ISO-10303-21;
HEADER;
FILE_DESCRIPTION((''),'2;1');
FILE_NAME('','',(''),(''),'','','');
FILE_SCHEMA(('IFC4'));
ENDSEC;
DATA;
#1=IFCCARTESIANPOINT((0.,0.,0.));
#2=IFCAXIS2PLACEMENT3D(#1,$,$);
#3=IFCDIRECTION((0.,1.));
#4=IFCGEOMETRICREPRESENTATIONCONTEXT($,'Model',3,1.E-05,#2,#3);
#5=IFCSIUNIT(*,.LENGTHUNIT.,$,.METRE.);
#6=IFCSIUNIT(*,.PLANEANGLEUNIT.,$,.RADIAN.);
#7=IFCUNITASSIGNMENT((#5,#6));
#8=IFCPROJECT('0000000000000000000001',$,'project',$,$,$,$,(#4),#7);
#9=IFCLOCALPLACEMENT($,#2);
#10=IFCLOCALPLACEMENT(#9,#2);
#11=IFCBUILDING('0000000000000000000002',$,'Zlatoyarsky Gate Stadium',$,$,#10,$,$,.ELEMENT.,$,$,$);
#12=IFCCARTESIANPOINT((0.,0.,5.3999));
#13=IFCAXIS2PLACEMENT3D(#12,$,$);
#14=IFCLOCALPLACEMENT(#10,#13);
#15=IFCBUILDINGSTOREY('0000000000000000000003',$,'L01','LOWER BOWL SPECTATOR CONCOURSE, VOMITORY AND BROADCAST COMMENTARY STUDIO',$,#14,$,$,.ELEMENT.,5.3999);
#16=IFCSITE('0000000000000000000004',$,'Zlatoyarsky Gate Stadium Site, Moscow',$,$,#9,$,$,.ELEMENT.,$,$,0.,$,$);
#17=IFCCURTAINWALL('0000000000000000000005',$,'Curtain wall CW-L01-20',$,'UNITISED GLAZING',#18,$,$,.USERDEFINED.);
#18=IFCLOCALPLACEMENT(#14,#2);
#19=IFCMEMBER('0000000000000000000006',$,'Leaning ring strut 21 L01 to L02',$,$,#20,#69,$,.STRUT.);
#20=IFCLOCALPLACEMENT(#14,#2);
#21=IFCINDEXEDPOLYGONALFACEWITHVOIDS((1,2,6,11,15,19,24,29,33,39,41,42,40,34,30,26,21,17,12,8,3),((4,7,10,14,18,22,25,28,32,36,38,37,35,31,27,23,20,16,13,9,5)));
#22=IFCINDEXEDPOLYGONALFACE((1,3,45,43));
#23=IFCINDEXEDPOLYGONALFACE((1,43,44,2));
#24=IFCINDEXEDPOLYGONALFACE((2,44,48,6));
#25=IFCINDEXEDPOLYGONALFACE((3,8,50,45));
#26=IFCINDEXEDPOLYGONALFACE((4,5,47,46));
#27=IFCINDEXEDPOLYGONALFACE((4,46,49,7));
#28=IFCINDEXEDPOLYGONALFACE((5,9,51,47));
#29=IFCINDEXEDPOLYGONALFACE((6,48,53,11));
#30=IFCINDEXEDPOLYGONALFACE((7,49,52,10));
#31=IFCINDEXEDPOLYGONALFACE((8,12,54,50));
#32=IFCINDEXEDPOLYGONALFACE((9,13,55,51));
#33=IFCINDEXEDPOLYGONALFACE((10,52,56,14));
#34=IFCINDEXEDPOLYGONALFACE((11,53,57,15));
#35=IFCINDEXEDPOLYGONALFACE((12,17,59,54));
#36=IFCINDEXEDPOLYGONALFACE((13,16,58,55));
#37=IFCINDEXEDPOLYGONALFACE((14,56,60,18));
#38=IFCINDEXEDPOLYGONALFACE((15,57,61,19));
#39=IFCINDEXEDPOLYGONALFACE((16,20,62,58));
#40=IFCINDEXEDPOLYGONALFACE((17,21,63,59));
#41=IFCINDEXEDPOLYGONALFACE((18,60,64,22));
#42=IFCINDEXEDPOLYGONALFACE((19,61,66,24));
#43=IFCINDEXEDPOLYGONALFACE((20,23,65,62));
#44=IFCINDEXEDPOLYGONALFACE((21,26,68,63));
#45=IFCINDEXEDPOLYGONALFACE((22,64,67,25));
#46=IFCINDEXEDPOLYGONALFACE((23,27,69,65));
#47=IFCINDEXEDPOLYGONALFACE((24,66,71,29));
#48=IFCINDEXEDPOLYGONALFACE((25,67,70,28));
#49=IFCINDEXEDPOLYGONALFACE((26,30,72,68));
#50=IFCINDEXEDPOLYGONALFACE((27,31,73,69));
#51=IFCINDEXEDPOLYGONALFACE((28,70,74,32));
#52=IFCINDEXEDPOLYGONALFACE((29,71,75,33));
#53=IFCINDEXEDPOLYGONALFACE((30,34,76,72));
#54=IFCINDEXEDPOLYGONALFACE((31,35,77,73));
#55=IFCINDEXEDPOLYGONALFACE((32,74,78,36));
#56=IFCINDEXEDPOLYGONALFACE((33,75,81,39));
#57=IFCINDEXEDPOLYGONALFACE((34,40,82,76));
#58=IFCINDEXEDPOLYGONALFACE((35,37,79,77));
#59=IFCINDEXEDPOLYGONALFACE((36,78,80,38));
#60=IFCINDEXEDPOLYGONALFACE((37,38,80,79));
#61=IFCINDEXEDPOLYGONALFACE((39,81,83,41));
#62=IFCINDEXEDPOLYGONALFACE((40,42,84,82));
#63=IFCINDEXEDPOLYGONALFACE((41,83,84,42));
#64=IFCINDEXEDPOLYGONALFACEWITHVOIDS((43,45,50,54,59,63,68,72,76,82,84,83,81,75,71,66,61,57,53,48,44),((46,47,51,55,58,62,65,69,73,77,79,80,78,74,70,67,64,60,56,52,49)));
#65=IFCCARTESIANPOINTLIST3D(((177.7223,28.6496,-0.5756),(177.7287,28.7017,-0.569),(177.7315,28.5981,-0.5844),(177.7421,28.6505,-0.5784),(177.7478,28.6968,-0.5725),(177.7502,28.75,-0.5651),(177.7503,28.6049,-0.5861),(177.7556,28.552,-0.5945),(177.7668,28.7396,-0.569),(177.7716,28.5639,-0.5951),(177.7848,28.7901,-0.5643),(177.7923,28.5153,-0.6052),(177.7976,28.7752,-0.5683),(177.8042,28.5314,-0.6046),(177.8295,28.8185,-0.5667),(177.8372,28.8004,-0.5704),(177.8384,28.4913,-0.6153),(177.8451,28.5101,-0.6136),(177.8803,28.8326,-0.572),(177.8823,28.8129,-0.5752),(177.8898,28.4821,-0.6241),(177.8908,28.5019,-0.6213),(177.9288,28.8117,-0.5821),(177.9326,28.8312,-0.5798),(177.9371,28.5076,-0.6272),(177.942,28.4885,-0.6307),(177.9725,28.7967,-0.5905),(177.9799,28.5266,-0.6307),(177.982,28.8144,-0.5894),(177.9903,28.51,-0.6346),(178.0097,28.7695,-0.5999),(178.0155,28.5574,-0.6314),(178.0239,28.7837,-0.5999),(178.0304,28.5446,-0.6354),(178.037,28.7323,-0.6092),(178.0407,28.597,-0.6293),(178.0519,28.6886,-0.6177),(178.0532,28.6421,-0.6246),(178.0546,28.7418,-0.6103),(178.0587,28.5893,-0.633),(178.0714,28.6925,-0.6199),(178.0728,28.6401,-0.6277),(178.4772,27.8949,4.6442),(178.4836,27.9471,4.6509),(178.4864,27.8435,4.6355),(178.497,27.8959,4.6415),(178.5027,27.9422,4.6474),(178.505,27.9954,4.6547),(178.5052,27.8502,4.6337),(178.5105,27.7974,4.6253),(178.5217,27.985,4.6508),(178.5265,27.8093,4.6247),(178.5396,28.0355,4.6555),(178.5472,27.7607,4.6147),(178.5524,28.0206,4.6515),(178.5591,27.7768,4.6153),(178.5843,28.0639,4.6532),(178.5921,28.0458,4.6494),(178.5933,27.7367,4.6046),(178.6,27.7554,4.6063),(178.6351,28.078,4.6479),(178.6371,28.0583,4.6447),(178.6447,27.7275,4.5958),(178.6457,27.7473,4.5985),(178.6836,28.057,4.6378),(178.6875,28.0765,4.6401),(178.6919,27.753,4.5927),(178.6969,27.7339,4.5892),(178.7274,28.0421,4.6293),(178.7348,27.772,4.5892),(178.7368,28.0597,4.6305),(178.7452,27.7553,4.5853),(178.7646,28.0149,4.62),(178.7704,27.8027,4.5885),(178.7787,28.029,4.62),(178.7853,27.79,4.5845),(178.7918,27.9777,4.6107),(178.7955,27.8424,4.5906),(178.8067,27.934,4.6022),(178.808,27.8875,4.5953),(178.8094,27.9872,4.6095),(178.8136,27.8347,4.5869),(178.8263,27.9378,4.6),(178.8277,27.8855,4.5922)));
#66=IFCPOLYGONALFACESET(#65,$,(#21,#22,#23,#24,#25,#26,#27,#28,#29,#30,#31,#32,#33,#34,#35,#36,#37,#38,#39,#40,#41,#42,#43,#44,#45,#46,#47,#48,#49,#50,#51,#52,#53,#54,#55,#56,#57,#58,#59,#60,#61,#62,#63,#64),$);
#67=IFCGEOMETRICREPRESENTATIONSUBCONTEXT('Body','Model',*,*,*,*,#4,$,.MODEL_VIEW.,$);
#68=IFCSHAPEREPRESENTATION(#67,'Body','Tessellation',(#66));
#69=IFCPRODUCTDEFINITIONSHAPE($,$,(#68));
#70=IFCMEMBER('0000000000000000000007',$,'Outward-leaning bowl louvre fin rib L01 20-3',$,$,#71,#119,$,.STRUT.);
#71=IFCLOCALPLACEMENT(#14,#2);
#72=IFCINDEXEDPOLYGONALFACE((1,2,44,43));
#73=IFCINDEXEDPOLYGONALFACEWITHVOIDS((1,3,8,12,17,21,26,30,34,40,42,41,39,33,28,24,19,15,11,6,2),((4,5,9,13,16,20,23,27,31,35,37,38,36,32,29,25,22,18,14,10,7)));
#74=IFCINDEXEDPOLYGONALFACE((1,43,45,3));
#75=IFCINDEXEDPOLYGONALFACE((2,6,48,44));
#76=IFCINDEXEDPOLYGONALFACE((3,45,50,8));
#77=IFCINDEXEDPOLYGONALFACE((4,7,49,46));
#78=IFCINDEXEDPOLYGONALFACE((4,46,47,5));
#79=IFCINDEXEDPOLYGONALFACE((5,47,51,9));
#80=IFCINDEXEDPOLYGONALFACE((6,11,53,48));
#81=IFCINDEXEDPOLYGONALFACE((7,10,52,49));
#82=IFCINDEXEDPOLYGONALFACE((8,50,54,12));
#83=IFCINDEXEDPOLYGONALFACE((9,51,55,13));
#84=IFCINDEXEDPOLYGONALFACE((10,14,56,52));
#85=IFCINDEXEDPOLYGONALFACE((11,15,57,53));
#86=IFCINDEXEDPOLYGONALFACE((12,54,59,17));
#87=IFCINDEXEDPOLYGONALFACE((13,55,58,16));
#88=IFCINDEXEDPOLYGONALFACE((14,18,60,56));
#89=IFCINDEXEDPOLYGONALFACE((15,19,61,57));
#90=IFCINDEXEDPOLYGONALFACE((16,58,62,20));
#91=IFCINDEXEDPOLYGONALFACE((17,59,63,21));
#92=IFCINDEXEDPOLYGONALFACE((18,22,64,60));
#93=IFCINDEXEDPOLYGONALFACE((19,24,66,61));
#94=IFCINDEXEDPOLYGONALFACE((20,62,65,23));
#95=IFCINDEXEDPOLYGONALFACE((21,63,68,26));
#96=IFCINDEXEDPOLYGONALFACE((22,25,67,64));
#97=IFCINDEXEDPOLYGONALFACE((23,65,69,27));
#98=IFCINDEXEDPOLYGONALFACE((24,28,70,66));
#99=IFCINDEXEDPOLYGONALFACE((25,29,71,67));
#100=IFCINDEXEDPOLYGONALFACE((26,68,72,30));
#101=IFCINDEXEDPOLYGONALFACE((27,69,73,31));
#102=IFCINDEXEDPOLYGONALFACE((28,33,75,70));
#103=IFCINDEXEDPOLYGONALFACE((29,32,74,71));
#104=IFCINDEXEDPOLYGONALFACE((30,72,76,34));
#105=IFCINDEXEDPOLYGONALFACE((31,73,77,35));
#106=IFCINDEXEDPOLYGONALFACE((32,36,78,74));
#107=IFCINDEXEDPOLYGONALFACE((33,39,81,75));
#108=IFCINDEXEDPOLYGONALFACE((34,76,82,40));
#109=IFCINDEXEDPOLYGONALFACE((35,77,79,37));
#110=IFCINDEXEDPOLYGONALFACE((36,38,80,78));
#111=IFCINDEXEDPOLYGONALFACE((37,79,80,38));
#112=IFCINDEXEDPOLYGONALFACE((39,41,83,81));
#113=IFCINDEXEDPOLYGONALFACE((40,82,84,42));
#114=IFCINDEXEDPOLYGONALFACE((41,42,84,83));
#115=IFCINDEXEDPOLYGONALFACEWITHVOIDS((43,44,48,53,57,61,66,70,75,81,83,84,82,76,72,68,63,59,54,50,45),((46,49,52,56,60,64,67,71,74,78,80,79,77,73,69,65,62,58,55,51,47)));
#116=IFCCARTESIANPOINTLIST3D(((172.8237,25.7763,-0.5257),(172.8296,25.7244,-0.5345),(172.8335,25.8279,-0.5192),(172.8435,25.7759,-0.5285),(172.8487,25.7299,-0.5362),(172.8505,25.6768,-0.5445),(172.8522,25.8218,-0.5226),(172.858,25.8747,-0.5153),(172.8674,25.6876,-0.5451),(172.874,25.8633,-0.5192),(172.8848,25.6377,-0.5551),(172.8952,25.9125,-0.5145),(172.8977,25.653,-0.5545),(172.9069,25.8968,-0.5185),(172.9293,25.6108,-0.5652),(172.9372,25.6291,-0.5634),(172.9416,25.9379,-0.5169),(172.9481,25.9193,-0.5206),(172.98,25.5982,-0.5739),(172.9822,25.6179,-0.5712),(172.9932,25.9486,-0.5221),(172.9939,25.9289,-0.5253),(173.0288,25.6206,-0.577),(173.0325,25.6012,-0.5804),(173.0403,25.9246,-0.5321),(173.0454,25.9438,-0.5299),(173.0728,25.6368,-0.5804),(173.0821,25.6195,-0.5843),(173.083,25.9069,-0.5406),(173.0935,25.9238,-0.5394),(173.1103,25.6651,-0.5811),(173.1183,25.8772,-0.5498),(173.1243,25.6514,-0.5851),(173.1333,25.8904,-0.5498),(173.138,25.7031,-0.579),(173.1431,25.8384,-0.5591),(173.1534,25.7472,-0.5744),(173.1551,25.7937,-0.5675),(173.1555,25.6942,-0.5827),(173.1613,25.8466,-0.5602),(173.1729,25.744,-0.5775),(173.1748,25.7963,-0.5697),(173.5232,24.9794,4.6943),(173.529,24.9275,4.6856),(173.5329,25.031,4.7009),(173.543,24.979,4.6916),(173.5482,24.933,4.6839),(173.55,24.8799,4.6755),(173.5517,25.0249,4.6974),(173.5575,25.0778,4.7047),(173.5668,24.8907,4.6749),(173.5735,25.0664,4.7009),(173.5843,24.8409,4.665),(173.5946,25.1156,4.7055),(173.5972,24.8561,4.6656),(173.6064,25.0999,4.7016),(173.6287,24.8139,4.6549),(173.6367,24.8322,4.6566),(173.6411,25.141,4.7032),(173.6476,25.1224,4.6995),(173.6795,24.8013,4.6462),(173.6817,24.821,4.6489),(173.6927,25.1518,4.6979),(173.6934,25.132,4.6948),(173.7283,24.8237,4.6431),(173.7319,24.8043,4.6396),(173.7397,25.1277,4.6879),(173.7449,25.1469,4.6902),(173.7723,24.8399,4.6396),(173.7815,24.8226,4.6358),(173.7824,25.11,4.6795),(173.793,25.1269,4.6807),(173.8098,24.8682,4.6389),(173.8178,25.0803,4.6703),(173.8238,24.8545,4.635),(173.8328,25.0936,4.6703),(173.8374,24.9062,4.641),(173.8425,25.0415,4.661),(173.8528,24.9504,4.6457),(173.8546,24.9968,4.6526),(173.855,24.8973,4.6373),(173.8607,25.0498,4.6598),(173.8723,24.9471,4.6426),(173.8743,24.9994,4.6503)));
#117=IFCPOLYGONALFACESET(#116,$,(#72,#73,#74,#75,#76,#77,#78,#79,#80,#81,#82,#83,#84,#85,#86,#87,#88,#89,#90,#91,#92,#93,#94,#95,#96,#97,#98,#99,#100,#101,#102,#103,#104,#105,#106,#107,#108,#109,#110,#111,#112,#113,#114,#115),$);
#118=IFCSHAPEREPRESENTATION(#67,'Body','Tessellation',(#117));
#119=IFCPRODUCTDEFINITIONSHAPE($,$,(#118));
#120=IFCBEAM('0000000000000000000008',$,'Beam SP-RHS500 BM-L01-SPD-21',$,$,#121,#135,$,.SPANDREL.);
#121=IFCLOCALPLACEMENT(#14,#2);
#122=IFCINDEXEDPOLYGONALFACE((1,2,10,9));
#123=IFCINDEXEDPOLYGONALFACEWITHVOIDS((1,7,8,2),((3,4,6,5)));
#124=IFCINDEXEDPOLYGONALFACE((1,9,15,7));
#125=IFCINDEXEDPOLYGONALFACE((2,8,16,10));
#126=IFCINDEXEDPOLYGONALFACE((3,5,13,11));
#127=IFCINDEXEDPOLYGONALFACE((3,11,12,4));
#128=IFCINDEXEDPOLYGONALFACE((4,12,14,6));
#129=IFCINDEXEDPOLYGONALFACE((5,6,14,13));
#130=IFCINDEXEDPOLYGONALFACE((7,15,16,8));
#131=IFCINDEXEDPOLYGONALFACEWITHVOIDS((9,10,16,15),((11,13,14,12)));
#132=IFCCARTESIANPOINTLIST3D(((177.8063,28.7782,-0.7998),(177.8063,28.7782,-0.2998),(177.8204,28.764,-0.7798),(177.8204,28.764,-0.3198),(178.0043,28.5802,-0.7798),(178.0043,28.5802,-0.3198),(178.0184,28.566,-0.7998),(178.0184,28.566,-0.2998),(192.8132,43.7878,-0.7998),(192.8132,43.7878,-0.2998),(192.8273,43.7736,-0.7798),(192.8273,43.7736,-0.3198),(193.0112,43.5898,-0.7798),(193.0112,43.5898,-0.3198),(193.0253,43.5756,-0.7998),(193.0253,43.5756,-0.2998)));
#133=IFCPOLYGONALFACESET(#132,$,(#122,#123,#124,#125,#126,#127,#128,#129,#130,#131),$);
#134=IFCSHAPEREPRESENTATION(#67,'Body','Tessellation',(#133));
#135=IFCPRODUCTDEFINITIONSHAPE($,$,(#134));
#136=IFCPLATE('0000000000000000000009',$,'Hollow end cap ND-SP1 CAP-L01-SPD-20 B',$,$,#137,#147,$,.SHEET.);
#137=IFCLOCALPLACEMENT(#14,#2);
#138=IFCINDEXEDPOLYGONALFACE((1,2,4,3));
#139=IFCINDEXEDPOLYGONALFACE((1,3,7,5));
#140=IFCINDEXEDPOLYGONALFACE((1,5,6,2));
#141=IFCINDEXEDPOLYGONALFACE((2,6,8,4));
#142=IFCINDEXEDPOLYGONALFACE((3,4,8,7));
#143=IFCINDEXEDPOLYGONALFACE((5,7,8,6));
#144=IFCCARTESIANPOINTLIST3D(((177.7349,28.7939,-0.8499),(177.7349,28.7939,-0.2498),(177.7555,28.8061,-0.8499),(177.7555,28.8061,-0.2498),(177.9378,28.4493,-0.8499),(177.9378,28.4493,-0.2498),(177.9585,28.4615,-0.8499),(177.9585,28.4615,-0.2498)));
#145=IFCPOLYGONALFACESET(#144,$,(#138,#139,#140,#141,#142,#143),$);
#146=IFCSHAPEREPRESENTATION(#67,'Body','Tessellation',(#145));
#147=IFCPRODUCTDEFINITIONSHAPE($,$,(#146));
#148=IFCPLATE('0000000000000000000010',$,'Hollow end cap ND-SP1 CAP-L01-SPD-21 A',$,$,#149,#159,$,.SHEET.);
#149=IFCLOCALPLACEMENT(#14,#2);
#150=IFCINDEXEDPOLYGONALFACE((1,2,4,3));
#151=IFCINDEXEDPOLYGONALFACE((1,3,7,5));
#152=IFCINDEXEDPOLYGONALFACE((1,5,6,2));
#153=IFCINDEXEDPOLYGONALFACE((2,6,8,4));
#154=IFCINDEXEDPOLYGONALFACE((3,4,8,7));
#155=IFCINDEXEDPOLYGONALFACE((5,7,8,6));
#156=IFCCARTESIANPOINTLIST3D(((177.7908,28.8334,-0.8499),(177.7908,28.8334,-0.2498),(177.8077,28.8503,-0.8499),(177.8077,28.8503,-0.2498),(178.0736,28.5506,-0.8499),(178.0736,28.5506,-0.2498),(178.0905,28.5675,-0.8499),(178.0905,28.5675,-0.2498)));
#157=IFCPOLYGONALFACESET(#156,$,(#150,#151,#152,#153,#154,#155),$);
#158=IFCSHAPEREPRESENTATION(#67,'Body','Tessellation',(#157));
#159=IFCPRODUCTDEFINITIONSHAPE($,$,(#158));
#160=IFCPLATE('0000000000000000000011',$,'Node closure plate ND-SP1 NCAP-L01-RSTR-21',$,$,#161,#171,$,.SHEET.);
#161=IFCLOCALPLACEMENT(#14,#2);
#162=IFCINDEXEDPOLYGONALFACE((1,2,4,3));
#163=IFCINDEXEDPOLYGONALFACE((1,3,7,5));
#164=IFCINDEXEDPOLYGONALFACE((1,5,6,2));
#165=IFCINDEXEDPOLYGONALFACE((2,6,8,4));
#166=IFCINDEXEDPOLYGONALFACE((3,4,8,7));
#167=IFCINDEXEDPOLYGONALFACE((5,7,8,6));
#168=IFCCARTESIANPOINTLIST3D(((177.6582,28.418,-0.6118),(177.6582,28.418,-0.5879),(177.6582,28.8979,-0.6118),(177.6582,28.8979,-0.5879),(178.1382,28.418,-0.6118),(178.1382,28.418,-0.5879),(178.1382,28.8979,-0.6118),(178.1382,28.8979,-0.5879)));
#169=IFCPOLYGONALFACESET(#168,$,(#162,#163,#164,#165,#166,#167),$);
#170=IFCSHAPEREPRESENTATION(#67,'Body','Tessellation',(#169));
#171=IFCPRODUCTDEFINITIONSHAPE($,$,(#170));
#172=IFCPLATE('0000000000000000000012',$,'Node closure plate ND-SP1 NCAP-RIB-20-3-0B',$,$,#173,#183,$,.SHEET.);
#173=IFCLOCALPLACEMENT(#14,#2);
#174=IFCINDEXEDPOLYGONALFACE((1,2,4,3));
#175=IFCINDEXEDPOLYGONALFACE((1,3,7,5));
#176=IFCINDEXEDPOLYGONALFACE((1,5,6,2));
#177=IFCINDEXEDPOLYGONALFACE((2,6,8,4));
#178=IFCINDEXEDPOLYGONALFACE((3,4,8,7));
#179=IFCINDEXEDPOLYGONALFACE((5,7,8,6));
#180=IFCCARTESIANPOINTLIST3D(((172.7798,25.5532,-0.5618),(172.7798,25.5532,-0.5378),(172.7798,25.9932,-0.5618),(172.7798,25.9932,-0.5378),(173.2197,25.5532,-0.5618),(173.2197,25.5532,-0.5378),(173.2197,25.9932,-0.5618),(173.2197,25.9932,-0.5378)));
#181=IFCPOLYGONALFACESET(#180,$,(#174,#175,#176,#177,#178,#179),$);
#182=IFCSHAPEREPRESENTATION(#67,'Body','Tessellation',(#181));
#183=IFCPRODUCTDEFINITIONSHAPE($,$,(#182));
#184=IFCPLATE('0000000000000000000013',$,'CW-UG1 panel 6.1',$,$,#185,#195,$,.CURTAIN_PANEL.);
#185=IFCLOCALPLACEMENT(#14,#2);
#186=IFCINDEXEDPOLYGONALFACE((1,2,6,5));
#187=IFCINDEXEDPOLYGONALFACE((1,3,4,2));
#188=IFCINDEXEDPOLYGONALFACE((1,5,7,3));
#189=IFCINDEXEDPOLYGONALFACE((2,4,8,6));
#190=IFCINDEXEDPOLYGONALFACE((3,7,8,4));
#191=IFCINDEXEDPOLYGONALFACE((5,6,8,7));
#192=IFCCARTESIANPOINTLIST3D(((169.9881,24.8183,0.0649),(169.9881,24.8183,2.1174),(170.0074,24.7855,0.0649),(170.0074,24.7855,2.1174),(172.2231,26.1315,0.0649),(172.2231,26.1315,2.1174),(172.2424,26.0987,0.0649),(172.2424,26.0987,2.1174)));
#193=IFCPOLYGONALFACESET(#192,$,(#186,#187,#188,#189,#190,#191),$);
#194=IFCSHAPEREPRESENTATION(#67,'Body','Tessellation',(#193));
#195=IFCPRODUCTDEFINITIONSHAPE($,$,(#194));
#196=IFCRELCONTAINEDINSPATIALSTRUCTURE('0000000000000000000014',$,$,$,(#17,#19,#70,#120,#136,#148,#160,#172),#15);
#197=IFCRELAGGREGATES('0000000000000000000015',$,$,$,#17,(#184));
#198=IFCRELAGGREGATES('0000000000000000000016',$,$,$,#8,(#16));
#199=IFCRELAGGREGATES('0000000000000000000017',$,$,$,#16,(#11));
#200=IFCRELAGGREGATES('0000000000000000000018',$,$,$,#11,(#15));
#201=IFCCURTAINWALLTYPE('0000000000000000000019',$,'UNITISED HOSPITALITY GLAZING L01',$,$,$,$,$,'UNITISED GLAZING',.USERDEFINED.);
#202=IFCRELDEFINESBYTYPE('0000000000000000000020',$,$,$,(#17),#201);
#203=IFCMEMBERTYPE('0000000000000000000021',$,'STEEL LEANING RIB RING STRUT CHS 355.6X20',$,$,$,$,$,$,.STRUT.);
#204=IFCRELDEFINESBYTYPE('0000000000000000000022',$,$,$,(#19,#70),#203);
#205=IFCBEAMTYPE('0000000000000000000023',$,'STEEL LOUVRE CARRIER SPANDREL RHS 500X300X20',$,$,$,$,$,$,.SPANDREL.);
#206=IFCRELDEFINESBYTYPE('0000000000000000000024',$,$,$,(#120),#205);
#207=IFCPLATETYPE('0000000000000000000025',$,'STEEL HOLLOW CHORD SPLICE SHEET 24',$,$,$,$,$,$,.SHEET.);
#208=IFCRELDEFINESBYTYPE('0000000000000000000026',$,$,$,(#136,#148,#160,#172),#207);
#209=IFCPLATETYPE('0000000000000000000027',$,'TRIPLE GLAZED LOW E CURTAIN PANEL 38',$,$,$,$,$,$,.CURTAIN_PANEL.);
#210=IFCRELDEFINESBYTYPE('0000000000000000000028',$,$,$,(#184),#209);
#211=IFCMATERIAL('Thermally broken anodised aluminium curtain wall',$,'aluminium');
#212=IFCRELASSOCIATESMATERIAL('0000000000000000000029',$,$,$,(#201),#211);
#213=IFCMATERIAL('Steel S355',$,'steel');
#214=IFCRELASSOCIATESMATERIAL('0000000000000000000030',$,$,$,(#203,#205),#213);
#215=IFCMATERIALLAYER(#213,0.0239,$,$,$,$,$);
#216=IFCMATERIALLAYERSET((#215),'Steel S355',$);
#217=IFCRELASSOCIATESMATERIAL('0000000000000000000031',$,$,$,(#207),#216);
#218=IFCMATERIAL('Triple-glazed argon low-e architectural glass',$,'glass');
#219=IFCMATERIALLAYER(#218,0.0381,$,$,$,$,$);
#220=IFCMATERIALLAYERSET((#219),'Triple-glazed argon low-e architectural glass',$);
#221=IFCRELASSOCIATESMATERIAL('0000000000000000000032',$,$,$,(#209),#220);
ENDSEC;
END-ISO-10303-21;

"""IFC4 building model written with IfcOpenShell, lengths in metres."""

from ifc_helpers import new_model, si_unit, direction, frame, origin, origin_2d, place, context, subcontext, project, spatial, rectangle, hollow_rectangle, hollow_circle, extrude, material, layer, layer_set, material_profile, profile_set, type_object, element, aggregate, save


model = new_model("IFC4")

# Units and contexts
model_context = context("Model", 3, precision=1e-05, world=origin(), true_north=direction((0.0, 1.0)))
body_context = subcontext(model_context, "Body", "Model", "MODEL_VIEW")
ifc_project = project(units=[si_unit("LENGTHUNIT", "METRE"), si_unit("PLANEANGLEUNIT", "RADIAN")], contexts=[model_context])

# Site, building, storey
site_placement = place(None, origin())
site = spatial("IfcSite", under=ifc_project, at=site_placement, Name="Zlatoyarsky Gate Stadium Site, Moscow", CompositionType="ELEMENT", RefElevation=0.0)
building_placement = place(site_placement, origin())
building = spatial("IfcBuilding", under=site, at=building_placement, Name="Zlatoyarsky Gate Stadium", CompositionType="ELEMENT")
storey_placement = place(building_placement, frame((0.0, 0.0, 5.3999)))
storey = spatial("IfcBuildingStorey", under=building, at=storey_placement, Name="L01", Description="LOWER BOWL SPECTATOR CONCOURSE, VOMITORY AND BROADCAST COMMENTARY STUDIO", CompositionType="ELEMENT", Elevation=5.3999)

# Curtain wall
ifc_material_1 = material(Name="Thermally broken anodised aluminium curtain wall", Category="aluminium")
curtain_wall_type = type_object("IfcCurtainWallType", Name="UNITISED HOSPITALITY GLAZING L01", ElementType="UNITISED GLAZING", PredefinedType="USERDEFINED", material=ifc_material_1)
curtain_wall_1_placement = place(storey_placement, origin())
curtain_wall_1 = element("IfcCurtainWall", 1, at=curtain_wall_1_placement, inside=storey, type_object=curtain_wall_type, Name="Curtain wall CW-L01-20", ObjectType="UNITISED GLAZING", PredefinedType="USERDEFINED")

# Members
ifc_material_2 = material(Name="Steel S355", Category="steel")
ifc_material_profile_1 = material_profile(ifc_material_2, hollow_circle(Radius=0.1777, WallThickness=0.02, at=origin_2d()), Name="CHS 355.6X20")
ifc_profile_set_1 = profile_set([ifc_material_profile_1], Name="Steel S355")
member_type_1 = type_object("IfcMemberType", Name="STEEL LEANING RIB RING STRUT CHS 355.6X20", PredefinedType="STRUT", material=ifc_profile_set_1)
member_1_placement = place(storey_placement, frame((177.8982, 28.658, -0.5999), z_axis=(0.141683, -0.141637, 0.979727), x_axis=(0.706992, 0.707221, 0.0)))
element("IfcMember", 2, at=member_1_placement, inside=storey, type_object=member_type_1, Name="Leaning ring strut 21 L01 to L02", PredefinedType="STRUT", context=body_context, shape_type="SweptSolid", body=[
    extrude(hollow_circle(Radius=0.1777, WallThickness=0.02, at=origin_2d()), origin(), (0.0, 0.0, 1.0), 5.3279),
])
member_2_placement = place(storey_placement, frame((172.9998, 25.7732, -0.5498), z_axis=(0.131316, -0.149604, 0.979987), x_axis=(0.751549, 0.659677, 0.0)))
element("IfcMember", 3, at=member_2_placement, inside=storey, type_object=member_type_1, Name="Outward-leaning bowl louvre fin rib L01 20-3", PredefinedType="STRUT", context=body_context, shape_type="SweptSolid", body=[
    extrude(hollow_circle(Radius=0.1777, WallThickness=0.02, at=origin_2d()), origin(), (0.0, 0.0, 1.0), 5.3267),
])

# Beam
ifc_material_profile_2 = material_profile(ifc_material_2, hollow_rectangle(XDim=0.3, YDim=0.5, WallThickness=0.02, at=origin_2d()), Name="RHS 500X300X20")
ifc_profile_set_2 = profile_set([ifc_material_profile_2], Name="Steel S355")
beam_type = type_object("IfcBeamType", Name="STEEL LOUVRE CARRIER SPANDREL RHS 500X300X20", PredefinedType="SPANDREL", material=ifc_profile_set_2)
beam_placement = place(storey_placement, frame((177.9124, 28.6721, -0.5498), z_axis=(0.707044, 0.70717, 0.0), x_axis=(-0.70717, 0.707044, 0.0)))
element("IfcBeam", 4, at=beam_placement, inside=storey, type_object=beam_type, Name="Beam SP-RHS500 BM-L01-SPD-21", PredefinedType="SPANDREL", context=body_context, shape_type="SweptSolid", body=[
    extrude(hollow_rectangle(XDim=0.3, YDim=0.5, WallThickness=0.02, at=origin_2d()), origin(), (0.0, 0.0, 1.0), 21.2249),
])

# Plates
ifc_layer_1 = layer(ifc_material_2, 0.0239)
ifc_layer_set_1 = layer_set([ifc_layer_1], Name="Steel S355")
plate_type_1 = type_object("IfcPlateType", Name="STEEL HOLLOW CHORD SPLICE SHEET 24", PredefinedType="SHEET", material=ifc_layer_set_1)
for number, where, z_axis, x_axis, name in (
    (5, (177.8467, 28.6277, -0.8499), (0.0, 0.0, 1.0), (0.861686, 0.507442, 0.0), "Hollow end cap ND-SP1 CAP-L01-SPD-20 B"),
    (6, (177.9407, 28.7004, -0.8499), (0.0, 0.0, 1.0), (0.707046, 0.707168, 0.0), "Hollow end cap ND-SP1 CAP-L01-SPD-21 A"),
):
    element("IfcPlate", number, at=place(storey_placement, frame(where, z_axis=z_axis, x_axis=x_axis)), inside=storey, type_object=plate_type_1, Name=name, PredefinedType="SHEET", context=body_context, shape_type="SweptSolid", body=[
        extrude(rectangle(XDim=0.0239, YDim=0.3999, at=origin_2d()), origin(), (0.0, 0.0, 1.0), 0.6001),
    ])
plate_1_placement = place(storey_placement, frame((177.8982, 28.658, -0.6118), z_axis=(0.0, 0.0, 1.0), x_axis=(1.0, 0.0, 0.0)))
element("IfcPlate", 7, at=plate_1_placement, inside=storey, type_object=plate_type_1, Name="Node closure plate ND-SP1 NCAP-L01-RSTR-21", PredefinedType="SHEET", context=body_context, shape_type="SweptSolid", body=[
    extrude(rectangle(XDim=0.48, YDim=0.48, at=origin_2d()), origin(), (0.0, 0.0, 1.0), 0.0239),
])
plate_2_placement = place(storey_placement, frame((172.9998, 25.7732, -0.5618), z_axis=(0.0, 0.0, 1.0), x_axis=(1.0, 0.0, 0.0)))
element("IfcPlate", 8, at=plate_2_placement, inside=storey, type_object=plate_type_1, Name="Node closure plate ND-SP1 NCAP-RIB-20-3-0B", PredefinedType="SHEET", context=body_context, shape_type="SweptSolid", body=[
    extrude(rectangle(XDim=0.4399, YDim=0.4399, at=origin_2d()), origin(), (0.0, 0.0, 1.0), 0.0239),
])

# Plate
ifc_material_3 = material(Name="Triple-glazed argon low-e architectural glass", Category="glass")
ifc_layer_2 = layer(ifc_material_3, 0.0381)
ifc_layer_set_2 = layer_set([ifc_layer_2], Name="Triple-glazed argon low-e architectural glass")
plate_type_2 = type_object("IfcPlateType", Name="TRIPLE GLAZED LOW E CURTAIN PANEL 38", PredefinedType="CURTAIN_PANEL", material=ifc_layer_set_2)
plate_3_placement = place(storey_placement, frame((171.1152, 25.4585, 0.0649), z_axis=(0.0, 0.0, 1.0), x_axis=(0.862187, 0.50659, 0.0)))
plate_3 = element("IfcPlate", 9, at=plate_3_placement, type_object=plate_type_2, Name="CW-UG1 panel 6.1", PredefinedType="CURTAIN_PANEL", context=body_context, shape_type="SweptSolid", body=[
    extrude(rectangle(XDim=2.5923, YDim=0.0381, at=origin_2d()), origin(), (0.0, 0.0, 1.0), 2.0525),
])
aggregate(curtain_wall_1, [plate_3])

save(model, "model.ifc")
